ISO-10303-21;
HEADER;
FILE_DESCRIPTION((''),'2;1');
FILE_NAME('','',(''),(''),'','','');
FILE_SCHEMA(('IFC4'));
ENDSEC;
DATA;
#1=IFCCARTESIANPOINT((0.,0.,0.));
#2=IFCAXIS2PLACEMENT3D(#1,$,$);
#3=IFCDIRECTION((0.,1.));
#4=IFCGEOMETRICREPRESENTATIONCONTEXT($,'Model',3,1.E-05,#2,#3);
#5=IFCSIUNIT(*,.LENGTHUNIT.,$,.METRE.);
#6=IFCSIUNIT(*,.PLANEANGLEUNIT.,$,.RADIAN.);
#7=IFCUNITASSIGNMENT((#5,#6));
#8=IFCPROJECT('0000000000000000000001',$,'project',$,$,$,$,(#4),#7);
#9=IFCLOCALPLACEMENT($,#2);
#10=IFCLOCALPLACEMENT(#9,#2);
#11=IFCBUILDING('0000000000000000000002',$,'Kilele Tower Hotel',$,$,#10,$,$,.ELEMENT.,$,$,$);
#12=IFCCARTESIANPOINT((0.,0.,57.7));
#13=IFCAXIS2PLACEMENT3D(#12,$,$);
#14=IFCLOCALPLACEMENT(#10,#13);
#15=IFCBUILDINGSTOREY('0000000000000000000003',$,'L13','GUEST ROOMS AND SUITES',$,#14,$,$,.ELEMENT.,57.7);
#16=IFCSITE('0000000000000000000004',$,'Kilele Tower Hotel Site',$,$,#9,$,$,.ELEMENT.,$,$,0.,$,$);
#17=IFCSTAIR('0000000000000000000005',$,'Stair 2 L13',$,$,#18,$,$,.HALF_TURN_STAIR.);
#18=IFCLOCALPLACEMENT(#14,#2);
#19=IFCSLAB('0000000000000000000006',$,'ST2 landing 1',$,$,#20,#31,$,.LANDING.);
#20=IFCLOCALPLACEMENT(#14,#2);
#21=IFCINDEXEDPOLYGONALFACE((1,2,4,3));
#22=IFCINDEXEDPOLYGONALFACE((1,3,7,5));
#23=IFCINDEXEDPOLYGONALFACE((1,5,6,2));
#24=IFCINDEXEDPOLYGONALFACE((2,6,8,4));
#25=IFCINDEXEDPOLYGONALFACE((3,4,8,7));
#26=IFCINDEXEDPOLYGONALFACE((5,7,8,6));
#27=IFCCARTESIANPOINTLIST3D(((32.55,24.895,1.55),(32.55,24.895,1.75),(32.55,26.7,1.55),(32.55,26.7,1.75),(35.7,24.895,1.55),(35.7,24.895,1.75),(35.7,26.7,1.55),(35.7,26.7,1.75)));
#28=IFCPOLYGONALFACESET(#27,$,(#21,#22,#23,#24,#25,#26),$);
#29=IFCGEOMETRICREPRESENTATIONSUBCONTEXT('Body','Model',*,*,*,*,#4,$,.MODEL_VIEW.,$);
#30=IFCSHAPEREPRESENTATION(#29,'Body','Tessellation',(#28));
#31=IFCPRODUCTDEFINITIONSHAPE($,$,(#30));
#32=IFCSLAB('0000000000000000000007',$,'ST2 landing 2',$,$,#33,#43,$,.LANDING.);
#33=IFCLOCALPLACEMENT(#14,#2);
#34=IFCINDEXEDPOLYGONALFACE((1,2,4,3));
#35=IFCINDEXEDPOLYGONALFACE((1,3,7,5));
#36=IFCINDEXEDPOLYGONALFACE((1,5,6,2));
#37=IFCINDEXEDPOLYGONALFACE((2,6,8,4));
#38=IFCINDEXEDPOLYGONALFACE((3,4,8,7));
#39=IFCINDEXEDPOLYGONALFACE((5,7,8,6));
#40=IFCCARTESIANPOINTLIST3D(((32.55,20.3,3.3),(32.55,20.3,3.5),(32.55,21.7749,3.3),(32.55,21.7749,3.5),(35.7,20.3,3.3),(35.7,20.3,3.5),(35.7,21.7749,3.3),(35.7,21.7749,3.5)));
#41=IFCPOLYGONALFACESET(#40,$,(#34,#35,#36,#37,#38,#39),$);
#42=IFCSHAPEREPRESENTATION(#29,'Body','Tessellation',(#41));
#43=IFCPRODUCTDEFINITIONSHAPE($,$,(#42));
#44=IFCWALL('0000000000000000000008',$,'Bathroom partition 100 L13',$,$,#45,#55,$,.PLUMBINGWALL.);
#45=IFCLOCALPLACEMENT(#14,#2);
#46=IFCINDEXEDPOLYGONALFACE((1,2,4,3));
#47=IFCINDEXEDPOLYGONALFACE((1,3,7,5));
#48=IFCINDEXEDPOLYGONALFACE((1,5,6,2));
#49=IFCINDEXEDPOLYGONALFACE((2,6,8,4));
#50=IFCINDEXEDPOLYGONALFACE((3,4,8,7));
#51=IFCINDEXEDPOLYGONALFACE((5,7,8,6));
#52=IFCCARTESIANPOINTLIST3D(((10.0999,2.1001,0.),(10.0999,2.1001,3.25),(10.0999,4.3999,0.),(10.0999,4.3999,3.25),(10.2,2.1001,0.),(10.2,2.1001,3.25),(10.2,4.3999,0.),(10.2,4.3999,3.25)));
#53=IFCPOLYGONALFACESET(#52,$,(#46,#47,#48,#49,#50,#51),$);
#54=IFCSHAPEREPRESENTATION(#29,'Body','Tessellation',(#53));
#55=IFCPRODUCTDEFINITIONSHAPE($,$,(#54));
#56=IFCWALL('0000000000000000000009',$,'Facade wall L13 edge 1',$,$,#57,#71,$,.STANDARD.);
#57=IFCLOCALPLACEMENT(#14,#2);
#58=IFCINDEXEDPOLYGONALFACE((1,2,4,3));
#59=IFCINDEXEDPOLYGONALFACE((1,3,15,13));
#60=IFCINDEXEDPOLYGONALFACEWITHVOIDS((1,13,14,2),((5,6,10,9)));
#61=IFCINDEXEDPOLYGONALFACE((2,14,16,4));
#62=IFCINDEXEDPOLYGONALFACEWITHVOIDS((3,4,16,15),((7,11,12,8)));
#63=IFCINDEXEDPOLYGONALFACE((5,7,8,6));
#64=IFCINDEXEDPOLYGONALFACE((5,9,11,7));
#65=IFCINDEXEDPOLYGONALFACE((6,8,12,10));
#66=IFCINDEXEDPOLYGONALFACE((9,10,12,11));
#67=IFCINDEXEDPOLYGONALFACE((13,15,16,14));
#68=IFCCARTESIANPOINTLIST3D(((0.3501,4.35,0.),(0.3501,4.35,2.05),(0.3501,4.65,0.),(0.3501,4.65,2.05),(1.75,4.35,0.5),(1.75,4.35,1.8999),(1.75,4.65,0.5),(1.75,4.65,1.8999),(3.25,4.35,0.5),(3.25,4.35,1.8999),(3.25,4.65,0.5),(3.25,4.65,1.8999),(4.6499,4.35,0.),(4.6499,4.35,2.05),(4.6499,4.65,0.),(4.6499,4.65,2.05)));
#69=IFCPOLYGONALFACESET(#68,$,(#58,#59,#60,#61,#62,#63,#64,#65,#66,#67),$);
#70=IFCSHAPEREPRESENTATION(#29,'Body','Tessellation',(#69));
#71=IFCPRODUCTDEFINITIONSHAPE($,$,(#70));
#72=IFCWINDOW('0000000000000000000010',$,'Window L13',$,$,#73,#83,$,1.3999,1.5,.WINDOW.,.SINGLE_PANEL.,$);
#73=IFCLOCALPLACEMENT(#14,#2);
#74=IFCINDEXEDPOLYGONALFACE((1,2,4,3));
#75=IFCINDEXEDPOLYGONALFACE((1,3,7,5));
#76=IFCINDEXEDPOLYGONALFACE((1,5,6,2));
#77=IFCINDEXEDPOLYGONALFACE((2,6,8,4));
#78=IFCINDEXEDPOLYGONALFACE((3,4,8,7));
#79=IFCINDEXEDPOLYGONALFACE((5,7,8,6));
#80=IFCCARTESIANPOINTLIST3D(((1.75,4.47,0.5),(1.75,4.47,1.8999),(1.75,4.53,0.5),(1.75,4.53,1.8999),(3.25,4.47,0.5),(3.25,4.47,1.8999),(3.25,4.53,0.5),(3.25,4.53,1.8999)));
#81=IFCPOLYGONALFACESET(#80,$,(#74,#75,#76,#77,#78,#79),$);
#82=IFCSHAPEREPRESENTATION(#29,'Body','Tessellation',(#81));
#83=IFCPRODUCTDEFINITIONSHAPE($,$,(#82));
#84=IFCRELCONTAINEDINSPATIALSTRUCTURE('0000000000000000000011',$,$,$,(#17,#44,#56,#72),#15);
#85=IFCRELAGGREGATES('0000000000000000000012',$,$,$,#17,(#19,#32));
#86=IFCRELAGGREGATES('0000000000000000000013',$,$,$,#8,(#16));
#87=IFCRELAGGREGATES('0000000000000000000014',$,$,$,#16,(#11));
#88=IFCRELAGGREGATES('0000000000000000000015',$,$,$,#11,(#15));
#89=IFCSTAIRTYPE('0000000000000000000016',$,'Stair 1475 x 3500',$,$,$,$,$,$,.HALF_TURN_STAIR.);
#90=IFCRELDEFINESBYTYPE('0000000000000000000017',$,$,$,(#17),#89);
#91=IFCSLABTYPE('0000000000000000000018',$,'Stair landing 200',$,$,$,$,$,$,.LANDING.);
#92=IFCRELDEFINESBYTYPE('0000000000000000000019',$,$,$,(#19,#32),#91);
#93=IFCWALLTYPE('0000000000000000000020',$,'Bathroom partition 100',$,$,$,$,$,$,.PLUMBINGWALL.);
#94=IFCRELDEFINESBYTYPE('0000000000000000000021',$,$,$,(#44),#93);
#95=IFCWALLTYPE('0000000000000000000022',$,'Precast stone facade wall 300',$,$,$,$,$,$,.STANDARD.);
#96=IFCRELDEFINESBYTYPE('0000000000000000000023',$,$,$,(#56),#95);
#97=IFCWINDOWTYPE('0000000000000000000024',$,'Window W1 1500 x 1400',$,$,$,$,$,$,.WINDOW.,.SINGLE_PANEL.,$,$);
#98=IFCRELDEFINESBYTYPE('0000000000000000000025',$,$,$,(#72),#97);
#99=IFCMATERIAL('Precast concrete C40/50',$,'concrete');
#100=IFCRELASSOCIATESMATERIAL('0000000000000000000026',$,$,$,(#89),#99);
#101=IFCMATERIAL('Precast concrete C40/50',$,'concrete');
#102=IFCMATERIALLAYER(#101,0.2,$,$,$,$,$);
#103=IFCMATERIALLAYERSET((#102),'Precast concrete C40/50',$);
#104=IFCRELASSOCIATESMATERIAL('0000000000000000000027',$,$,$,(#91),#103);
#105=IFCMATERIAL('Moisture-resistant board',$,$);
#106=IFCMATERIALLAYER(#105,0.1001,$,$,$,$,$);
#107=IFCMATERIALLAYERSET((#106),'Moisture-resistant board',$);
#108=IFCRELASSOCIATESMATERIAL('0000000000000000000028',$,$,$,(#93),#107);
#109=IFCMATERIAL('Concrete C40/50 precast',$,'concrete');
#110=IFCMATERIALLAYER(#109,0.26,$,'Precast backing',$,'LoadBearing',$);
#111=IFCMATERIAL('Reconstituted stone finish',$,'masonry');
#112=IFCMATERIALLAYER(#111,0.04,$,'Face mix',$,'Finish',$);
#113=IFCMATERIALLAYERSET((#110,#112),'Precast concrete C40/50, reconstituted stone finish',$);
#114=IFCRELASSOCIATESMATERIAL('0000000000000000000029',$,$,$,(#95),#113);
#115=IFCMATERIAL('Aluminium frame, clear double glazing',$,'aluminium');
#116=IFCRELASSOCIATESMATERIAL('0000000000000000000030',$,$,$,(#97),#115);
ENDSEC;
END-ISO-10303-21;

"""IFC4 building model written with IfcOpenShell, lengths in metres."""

from ifc_helpers import new_model, si_unit, direction, frame, frame_2d, origin, place, context, subcontext, project, spatial, polyline, rectangle, outline, extrude, material, layer, layer_set, type_object, element, fill, aggregate, save


model = new_model("IFC4")

# Units and contexts
model_context = context("Model", 3, precision=1e-05, world=origin(), true_north=direction((0.0, 1.0)))
body_context = subcontext(model_context, "Body", "Model", "MODEL_VIEW")
ifc_project = project(units=[si_unit("LENGTHUNIT", "METRE"), si_unit("PLANEANGLEUNIT", "RADIAN")], contexts=[model_context])

# Site, building, storey
site_placement = place(None, origin())
site = spatial("IfcSite", under=ifc_project, at=site_placement, Name="Kilele Tower Hotel Site", CompositionType="ELEMENT", RefElevation=0.0)
building_placement = place(site_placement, origin())
building = spatial("IfcBuilding", under=site, at=building_placement, Name="Kilele Tower Hotel", CompositionType="ELEMENT")
storey_placement = place(building_placement, frame((0.0, 0.0, 57.7)))
storey = spatial("IfcBuildingStorey", under=building, at=storey_placement, Name="L13", Description="GUEST ROOMS AND SUITES", CompositionType="ELEMENT", Elevation=57.7)

# Stair, slabs
ifc_material_1 = material(Name="Precast concrete C40/50", Category="concrete")
stair_type = type_object("IfcStairType", Name="Stair 1475 x 3500", PredefinedType="HALF_TURN_STAIR", material=ifc_material_1)
ifc_material_2 = material(Name="Precast concrete C40/50", Category="concrete")
ifc_layer_1 = layer(ifc_material_2, 0.2)
ifc_layer_set_1 = layer_set([ifc_layer_1], Name="Precast concrete C40/50")
slab_type_1 = type_object("IfcSlabType", Name="Stair landing 200", PredefinedType="LANDING", material=ifc_layer_set_1)
stair_1_placement = place(storey_placement, origin())
stair_1 = element("IfcStair", 1, at=stair_1_placement, inside=storey, type_object=stair_type, Name="Stair 2 L13", PredefinedType="HALF_TURN_STAIR")
slab_1_placement = place(storey_placement, frame((0.0, 0.0, 1.55)))
slab_1 = element("IfcSlab", 2, at=slab_1_placement, type_object=slab_type_1, Name="ST2 landing 1", PredefinedType="LANDING", context=body_context, shape_type="SweptSolid", body=[
    extrude(outline(polyline([(32.55, 24.895), (35.7, 24.895), (35.7, 26.7), (32.55, 26.7), (32.55, 24.895)])), origin(), (0.0, 0.0, 1.0), 0.2),
])
slab_2_placement = place(storey_placement, frame((0.0, 0.0, 3.3)))
slab_2 = element("IfcSlab", 3, at=slab_2_placement, type_object=slab_type_1, Name="ST2 landing 2", PredefinedType="LANDING", context=body_context, shape_type="SweptSolid", body=[
    extrude(outline(polyline([(32.55, 20.3), (35.7, 20.3), (35.7, 21.7749), (32.55, 21.7749), (32.55, 20.3)])), origin(), (0.0, 0.0, 1.0), 0.2),
])
aggregate(stair_1, [slab_1, slab_2])

# Wall
ifc_material_3 = material(Name="Moisture-resistant board")
ifc_layer_2 = layer(ifc_material_3, 0.1001)
ifc_layer_set_2 = layer_set([ifc_layer_2], Name="Moisture-resistant board")
wall_type_1 = type_object("IfcWallType", Name="Bathroom partition 100", PredefinedType="PLUMBINGWALL", material=ifc_layer_set_2)
wall_1_placement = place(storey_placement, frame((10.1499, 4.3999, 0.0), z_axis=(0.0, 0.0, 1.0), x_axis=(0.0, -1.0, 0.0)))
element("IfcWall", 4, at=wall_1_placement, inside=storey, type_object=wall_type_1, Name="Bathroom partition 100 L13", PredefinedType="PLUMBINGWALL", context=body_context, shape_type="SweptSolid", body=[
    extrude(rectangle(XDim=2.2998, YDim=0.1001, at=frame_2d((1.1499, 0.0))), origin(), (0.0, 0.0, 1.0), 3.25),
])

# Wall, opening, window
ifc_material_4 = material(Name="Concrete C40/50 precast", Category="concrete")
ifc_layer_3 = layer(ifc_material_4, 0.26, Name="Precast backing", Category="LoadBearing")
ifc_material_5 = material(Name="Reconstituted stone finish", Category="masonry")
ifc_layer_4 = layer(ifc_material_5, 0.04, Name="Face mix", Category="Finish")
ifc_layer_set_3 = layer_set([ifc_layer_3, ifc_layer_4], Name="Precast concrete C40/50, reconstituted stone finish")
wall_type_2 = type_object("IfcWallType", Name="Precast stone facade wall 300", PredefinedType="STANDARD", material=ifc_layer_set_3)
wall_2_placement = place(storey_placement, frame((0.3501, 4.5, 0.0), z_axis=(0.0, 0.0, 1.0), x_axis=(1.0, 0.0, 0.0)))
wall_2 = element("IfcWall", 5, at=wall_2_placement, inside=storey, type_object=wall_type_2, Name="Facade wall L13 edge 1", PredefinedType="STANDARD", context=body_context, shape_type="SweptSolid", body=[
    extrude(rectangle(XDim=4.2998, YDim=0.3, at=frame_2d((2.1499, 0.0))), origin(), (0.0, 0.0, 1.0), 2.05),
])
opening_1_placement = place(wall_2_placement, frame((1.3999, 0.0, 0.5)))
opening_1 = element("IfcOpeningElement", 6, at=opening_1_placement, cuts=wall_2, PredefinedType="OPENING", context=body_context, shape_type="SweptSolid", body=[
    extrude(rectangle(XDim=1.5, YDim=1.3999, at=frame_2d((0.75, 0.7))), frame((0.0, 0.1599, 0.0), z_axis=(0.0, -1.0, 0.0), x_axis=(1.0, 0.0, 0.0)), (0.0, 0.0, 1.0), 0.3201),
])
ifc_material_6 = material(Name="Aluminium frame, clear double glazing", Category="aluminium")
window_type = type_object("IfcWindowType", Name="Window W1 1500 x 1400", PartitioningType="SINGLE_PANEL", PredefinedType="WINDOW", material=ifc_material_6)
window_1_placement = place(opening_1_placement, origin())
window_1 = element("IfcWindow", 7, at=window_1_placement, inside=storey, type_object=window_type, Name="Window L13", OverallHeight=1.3999, OverallWidth=1.5, PartitioningType="SINGLE_PANEL", PredefinedType="WINDOW", context=body_context, shape_type="SweptSolid", body=[
    extrude(rectangle(XDim=1.5, YDim=1.3999, at=frame_2d((0.75, 0.7))), frame((0.0, 0.03, 0.0), z_axis=(0.0, -1.0, 0.0), x_axis=(1.0, 0.0, 0.0)), (0.0, 0.0, 1.0), 0.0601),
])
fill(opening_1, window_1)

save(model, "model.ifc")
